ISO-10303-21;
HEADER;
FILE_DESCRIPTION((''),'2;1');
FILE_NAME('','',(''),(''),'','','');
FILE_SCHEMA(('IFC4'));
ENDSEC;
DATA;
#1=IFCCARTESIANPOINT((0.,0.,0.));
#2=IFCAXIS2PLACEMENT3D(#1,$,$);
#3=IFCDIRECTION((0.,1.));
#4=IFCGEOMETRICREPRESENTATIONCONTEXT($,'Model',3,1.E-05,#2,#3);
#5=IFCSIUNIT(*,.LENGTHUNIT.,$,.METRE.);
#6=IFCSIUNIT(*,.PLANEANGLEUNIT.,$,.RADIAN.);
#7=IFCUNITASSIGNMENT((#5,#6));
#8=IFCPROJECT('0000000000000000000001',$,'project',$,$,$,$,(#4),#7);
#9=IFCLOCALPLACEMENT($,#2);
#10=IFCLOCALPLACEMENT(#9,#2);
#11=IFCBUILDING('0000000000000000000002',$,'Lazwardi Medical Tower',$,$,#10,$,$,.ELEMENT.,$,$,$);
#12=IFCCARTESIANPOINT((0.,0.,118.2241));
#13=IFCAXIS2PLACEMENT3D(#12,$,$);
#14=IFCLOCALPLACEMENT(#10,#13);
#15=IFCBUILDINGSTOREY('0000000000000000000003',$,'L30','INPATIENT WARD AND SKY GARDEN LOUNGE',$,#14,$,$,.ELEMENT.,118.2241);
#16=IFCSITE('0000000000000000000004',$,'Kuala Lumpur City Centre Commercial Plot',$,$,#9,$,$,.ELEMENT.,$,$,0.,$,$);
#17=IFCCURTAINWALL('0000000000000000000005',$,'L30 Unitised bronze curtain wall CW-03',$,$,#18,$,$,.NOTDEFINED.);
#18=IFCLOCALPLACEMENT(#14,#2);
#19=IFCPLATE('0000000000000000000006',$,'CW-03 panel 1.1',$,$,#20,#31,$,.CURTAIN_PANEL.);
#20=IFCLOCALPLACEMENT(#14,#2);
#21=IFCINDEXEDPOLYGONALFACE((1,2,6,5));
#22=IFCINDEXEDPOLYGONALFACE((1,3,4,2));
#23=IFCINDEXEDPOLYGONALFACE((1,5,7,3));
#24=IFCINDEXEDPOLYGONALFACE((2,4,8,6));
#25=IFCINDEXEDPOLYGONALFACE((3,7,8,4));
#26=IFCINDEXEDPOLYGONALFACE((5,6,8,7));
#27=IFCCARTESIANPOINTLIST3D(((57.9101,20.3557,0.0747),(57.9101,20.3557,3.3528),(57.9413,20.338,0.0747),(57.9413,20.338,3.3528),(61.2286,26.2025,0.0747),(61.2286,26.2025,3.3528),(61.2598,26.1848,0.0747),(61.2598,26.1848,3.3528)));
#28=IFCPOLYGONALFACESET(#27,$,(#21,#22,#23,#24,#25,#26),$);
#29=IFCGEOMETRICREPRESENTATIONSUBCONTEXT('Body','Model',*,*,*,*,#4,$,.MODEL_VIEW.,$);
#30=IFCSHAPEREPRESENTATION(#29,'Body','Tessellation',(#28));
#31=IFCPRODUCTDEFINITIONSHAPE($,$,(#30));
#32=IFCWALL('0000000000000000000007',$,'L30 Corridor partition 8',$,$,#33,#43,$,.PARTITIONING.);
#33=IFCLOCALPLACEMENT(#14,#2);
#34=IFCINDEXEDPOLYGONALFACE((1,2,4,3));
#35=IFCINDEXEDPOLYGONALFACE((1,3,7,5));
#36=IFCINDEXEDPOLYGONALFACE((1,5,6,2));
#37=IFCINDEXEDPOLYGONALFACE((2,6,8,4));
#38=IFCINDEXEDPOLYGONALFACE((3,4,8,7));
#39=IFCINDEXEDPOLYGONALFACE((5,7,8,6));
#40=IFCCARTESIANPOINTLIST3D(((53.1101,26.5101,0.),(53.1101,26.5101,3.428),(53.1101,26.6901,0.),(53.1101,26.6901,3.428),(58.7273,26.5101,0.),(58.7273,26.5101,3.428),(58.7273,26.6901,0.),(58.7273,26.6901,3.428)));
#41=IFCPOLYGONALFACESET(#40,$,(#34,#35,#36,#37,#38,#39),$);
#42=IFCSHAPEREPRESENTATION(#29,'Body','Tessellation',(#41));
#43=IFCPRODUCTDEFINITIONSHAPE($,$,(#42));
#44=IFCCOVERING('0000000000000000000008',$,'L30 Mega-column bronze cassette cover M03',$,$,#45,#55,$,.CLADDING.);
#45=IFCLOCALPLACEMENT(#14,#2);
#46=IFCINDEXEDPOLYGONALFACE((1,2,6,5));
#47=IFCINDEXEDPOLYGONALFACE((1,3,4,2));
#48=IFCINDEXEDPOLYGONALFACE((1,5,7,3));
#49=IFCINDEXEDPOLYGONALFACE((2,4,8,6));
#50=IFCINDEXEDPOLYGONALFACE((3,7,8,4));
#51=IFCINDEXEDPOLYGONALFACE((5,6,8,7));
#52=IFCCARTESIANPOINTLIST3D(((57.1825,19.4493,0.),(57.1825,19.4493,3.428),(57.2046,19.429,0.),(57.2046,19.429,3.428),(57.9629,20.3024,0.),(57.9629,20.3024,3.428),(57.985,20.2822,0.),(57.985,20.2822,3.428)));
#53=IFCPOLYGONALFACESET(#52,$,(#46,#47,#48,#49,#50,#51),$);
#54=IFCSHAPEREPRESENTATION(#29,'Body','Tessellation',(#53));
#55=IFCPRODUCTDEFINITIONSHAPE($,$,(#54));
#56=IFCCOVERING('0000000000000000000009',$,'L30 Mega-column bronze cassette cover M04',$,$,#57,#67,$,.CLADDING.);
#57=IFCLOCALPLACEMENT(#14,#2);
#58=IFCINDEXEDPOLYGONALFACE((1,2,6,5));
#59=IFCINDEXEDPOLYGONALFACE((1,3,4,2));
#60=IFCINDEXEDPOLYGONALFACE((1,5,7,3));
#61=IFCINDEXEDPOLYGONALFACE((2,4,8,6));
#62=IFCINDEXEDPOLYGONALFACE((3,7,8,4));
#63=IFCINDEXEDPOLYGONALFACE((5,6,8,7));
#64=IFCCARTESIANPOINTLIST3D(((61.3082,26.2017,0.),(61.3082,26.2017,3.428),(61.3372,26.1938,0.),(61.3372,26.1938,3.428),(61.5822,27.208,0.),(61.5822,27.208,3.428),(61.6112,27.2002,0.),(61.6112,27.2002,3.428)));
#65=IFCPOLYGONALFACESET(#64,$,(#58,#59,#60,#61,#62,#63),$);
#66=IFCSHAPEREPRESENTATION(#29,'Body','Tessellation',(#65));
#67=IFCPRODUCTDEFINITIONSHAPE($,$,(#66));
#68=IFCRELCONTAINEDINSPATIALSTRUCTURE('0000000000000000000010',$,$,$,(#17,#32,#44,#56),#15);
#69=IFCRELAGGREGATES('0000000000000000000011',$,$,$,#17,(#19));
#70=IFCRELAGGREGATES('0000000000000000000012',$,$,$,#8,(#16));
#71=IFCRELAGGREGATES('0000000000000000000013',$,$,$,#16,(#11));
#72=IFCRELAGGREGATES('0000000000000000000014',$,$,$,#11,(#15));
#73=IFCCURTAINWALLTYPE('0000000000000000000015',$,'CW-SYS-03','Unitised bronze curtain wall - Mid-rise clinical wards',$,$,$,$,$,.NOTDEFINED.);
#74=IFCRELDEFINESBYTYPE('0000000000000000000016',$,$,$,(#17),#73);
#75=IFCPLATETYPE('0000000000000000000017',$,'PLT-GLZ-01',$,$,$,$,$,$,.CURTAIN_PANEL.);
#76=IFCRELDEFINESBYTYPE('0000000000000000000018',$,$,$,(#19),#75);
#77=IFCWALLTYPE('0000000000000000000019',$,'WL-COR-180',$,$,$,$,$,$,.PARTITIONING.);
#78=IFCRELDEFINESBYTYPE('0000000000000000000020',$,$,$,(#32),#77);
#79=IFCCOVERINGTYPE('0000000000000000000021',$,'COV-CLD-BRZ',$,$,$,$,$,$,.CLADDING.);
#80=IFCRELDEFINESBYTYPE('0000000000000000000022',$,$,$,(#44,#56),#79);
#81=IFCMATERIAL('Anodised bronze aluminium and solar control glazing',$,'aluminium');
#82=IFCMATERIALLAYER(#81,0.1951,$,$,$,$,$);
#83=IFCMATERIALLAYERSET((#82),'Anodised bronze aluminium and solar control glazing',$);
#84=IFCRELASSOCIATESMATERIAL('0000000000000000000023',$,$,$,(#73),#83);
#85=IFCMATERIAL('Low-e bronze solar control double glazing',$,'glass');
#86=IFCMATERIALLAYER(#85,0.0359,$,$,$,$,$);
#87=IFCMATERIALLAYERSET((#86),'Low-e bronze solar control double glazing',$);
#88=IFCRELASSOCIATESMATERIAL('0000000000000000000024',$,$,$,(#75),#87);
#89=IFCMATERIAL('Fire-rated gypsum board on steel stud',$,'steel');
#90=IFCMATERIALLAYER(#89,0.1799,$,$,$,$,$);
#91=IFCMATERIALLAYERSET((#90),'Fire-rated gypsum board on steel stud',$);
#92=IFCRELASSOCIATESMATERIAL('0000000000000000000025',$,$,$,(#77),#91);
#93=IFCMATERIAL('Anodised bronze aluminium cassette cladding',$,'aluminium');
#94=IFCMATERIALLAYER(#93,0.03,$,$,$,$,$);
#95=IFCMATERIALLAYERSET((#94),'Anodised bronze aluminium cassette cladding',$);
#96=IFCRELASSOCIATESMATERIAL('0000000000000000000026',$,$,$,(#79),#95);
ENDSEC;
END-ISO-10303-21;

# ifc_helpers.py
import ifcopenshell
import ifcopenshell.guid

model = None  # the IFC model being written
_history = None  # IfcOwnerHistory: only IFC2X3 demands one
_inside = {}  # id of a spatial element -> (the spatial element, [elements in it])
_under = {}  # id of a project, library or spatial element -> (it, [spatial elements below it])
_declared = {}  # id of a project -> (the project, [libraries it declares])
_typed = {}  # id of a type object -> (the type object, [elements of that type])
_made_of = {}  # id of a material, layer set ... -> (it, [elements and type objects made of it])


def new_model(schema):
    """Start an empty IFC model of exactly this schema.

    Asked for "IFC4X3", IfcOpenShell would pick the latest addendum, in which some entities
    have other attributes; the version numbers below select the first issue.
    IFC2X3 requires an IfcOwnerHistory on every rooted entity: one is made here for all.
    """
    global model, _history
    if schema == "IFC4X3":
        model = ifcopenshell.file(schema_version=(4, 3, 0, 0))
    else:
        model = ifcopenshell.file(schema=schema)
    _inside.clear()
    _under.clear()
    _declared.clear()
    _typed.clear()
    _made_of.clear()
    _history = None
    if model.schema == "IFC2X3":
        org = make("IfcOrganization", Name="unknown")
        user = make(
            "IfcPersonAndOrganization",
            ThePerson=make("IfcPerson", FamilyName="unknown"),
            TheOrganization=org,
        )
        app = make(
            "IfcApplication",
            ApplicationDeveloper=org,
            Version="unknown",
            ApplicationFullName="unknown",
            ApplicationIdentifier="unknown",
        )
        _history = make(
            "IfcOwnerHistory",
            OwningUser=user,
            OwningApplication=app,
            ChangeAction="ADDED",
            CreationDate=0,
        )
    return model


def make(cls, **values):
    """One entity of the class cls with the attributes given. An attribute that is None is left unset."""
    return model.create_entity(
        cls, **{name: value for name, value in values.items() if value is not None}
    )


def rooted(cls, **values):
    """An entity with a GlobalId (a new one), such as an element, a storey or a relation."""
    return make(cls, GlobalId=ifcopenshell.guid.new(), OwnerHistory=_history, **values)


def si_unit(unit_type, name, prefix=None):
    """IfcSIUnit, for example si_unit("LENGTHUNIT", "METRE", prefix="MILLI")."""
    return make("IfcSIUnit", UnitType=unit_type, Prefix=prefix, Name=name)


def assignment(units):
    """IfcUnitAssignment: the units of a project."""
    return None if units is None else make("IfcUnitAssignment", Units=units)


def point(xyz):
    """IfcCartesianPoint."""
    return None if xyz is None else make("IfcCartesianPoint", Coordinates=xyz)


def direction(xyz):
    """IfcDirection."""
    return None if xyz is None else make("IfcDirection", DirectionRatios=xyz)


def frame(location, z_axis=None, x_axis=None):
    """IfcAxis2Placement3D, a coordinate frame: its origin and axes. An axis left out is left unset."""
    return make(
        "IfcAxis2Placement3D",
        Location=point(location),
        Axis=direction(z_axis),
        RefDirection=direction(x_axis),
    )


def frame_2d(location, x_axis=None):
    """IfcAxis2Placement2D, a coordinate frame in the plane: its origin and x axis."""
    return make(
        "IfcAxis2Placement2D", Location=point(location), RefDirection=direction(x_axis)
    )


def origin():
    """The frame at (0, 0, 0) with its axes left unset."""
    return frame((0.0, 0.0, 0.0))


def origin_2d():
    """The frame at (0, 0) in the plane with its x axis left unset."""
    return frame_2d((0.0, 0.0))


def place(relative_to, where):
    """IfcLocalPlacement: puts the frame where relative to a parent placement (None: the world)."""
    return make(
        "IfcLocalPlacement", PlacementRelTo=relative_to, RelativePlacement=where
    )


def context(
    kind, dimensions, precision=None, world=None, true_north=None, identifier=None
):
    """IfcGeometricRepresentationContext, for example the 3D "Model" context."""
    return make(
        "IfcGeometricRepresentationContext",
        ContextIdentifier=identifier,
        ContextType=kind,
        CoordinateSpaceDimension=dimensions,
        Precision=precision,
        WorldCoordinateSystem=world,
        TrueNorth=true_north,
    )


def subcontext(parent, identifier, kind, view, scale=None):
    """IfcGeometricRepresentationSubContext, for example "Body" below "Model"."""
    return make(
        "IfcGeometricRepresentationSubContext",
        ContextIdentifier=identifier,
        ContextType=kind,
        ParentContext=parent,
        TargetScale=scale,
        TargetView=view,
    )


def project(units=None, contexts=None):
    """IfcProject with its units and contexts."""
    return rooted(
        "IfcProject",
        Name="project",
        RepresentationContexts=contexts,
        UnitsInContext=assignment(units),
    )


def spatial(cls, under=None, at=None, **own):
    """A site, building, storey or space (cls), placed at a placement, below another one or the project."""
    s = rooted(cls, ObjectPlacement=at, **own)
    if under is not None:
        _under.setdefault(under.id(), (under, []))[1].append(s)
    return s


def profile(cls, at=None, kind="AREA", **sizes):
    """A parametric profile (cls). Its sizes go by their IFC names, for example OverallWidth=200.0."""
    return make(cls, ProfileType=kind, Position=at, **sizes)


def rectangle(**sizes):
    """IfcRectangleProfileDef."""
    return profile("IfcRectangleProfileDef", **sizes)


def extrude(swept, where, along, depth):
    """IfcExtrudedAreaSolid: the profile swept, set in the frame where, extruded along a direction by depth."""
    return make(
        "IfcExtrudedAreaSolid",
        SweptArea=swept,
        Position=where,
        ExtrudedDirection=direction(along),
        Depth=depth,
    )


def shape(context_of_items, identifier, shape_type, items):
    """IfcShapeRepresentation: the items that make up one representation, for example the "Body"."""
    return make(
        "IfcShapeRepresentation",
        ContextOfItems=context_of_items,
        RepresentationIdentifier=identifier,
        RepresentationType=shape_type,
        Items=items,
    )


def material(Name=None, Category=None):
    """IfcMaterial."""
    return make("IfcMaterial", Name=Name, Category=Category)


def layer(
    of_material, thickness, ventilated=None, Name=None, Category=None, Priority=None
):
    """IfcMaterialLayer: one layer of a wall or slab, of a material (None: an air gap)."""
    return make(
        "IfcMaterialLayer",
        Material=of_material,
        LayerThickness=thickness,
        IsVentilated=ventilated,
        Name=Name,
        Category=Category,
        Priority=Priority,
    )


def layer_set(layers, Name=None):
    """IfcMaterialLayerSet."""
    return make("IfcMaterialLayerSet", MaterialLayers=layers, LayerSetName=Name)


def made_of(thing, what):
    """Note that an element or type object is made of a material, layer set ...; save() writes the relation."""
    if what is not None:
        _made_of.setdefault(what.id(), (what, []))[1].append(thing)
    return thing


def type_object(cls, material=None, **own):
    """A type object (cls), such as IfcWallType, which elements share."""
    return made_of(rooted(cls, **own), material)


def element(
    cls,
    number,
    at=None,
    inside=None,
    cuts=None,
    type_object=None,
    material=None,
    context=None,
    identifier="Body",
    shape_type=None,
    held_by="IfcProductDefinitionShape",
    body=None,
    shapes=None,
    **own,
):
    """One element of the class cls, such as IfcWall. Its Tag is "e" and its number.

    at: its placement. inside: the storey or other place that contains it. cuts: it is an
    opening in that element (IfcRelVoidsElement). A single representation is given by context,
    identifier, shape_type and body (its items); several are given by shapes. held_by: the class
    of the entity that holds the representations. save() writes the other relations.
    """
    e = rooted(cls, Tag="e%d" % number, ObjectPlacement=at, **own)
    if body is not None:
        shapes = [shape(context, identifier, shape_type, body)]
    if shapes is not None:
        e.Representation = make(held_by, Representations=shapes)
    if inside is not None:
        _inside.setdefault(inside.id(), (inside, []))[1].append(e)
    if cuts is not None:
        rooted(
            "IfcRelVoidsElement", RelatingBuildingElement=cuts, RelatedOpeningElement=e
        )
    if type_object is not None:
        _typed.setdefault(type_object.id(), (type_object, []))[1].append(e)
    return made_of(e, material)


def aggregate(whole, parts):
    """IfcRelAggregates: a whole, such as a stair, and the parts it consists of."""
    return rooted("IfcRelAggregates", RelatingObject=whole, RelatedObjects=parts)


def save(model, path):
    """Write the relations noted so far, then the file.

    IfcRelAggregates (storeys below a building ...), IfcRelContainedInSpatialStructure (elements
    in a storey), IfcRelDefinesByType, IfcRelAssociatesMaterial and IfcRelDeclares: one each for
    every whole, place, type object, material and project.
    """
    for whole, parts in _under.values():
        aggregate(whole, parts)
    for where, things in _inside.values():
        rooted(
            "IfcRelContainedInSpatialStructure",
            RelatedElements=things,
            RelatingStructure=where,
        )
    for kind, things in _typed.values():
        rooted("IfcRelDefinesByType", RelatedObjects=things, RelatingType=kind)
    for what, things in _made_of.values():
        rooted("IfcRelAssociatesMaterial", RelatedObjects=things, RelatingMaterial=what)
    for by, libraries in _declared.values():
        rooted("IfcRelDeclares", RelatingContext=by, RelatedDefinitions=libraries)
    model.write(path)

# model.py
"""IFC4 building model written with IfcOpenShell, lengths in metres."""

from ifc_helpers import new_model, si_unit, direction, frame, frame_2d, origin, origin_2d, place, context, subcontext, project, spatial, rectangle, extrude, material, layer, layer_set, type_object, element, aggregate, save


model = new_model("IFC4")

# Units and contexts
model_context = context("Model", 3, precision=1e-05, world=origin(), true_north=direction((0.0, 1.0)))
body_context = subcontext(model_context, "Body", "Model", "MODEL_VIEW")
ifc_project = project(units=[si_unit("LENGTHUNIT", "METRE"), si_unit("PLANEANGLEUNIT", "RADIAN")], contexts=[model_context])

# Site, building, storey
site_placement = place(None, origin())
site = spatial("IfcSite", under=ifc_project, at=site_placement, Name="Kuala Lumpur City Centre Commercial Plot", CompositionType="ELEMENT", RefElevation=0.0)
building_placement = place(site_placement, origin())
building = spatial("IfcBuilding", under=site, at=building_placement, Name="Lazwardi Medical Tower", CompositionType="ELEMENT")
storey_placement = place(building_placement, frame((0.0, 0.0, 118.2241)))
storey = spatial("IfcBuildingStorey", under=building, at=storey_placement, Name="L30", Description="INPATIENT WARD AND SKY GARDEN LOUNGE", CompositionType="ELEMENT", Elevation=118.2241)

# Shared definitions
ifc_material_1 = material(Name="Anodised bronze aluminium and solar control glazing", Category="aluminium")
ifc_layer_1 = layer(ifc_material_1, 0.1951)
ifc_layer_set_1 = layer_set([ifc_layer_1], Name="Anodised bronze aluminium and solar control glazing")
curtain_wall_type = type_object("IfcCurtainWallType", Name="CW-SYS-03", Description="Unitised bronze curtain wall - Mid-rise clinical wards", PredefinedType="NOTDEFINED", material=ifc_layer_set_1)

# Curtain wall
curtain_wall_1_placement = place(storey_placement, origin())
curtain_wall_1 = element("IfcCurtainWall", 1, at=curtain_wall_1_placement, inside=storey, type_object=curtain_wall_type, Name="L30 Unitised bronze curtain wall CW-03", PredefinedType="NOTDEFINED")

# Plate
ifc_material_2 = material(Name="Low-e bronze solar control double glazing", Category="glass")
ifc_layer_2 = layer(ifc_material_2, 0.0359)
ifc_layer_set_2 = layer_set([ifc_layer_2], Name="Low-e bronze solar control double glazing")
plate_type = type_object("IfcPlateType", Name="PLT-GLZ-01", PredefinedType="CURTAIN_PANEL", material=ifc_layer_set_2)
plate_1_placement = place(storey_placement, frame((59.585, 23.2703, 0.0747), z_axis=(0.0, 0.0, 1.0), x_axis=(0.493603, 0.869687, 0.0)))
plate_1 = element("IfcPlate", 2, at=plate_1_placement, type_object=plate_type, Name="CW-03 panel 1.1", PredefinedType="CURTAIN_PANEL", context=body_context, shape_type="SweptSolid", body=[
    extrude(rectangle(XDim=6.7229, YDim=0.0359, at=origin_2d()), origin(), (0.0, 0.0, 1.0), 3.2781),
])
aggregate(curtain_wall_1, [plate_1])

# Wall
ifc_material_3 = material(Name="Fire-rated gypsum board on steel stud", Category="steel")
ifc_layer_3 = layer(ifc_material_3, 0.1799)
ifc_layer_set_3 = layer_set([ifc_layer_3], Name="Fire-rated gypsum board on steel stud")
wall_type = type_object("IfcWallType", Name="WL-COR-180", PredefinedType="PARTITIONING", material=ifc_layer_set_3)
wall_placement = place(storey_placement, frame((58.7273, 26.6001, 0.0), z_axis=(0.0, 0.0, 1.0), x_axis=(-1.0, 0.0, 0.0)))
element("IfcWall", 3, at=wall_placement, inside=storey, type_object=wall_type, Name="L30 Corridor partition 8", PredefinedType="PARTITIONING", context=body_context, shape_type="SweptSolid", body=[
    extrude(rectangle(XDim=5.6172, YDim=0.1799, at=frame_2d((2.8086, 0.0))), origin(), (0.0, 0.0, 1.0), 3.428),
])

# Coverings
ifc_material_4 = material(Name="Anodised bronze aluminium cassette cladding", Category="aluminium")
ifc_layer_4 = layer(ifc_material_4, 0.03)
ifc_layer_set_4 = layer_set([ifc_layer_4], Name="Anodised bronze aluminium cassette cladding")
covering_type = type_object("IfcCoveringType", Name="COV-CLD-BRZ", PredefinedType="CLADDING", material=ifc_layer_set_4)
covering_1_placement = place(storey_placement, frame((57.5837, 19.8657, 0.0), z_axis=(0.0, 0.0, 1.0), x_axis=(0.674926, 0.737885, 0.0)))
element("IfcCovering", 4, at=covering_1_placement, inside=storey, type_object=covering_type, Name="L30 Mega-column bronze cassette cover M03", PredefinedType="CLADDING", context=body_context, shape_type="SweptSolid", body=[
    extrude(rectangle(XDim=1.1562, YDim=0.03, at=origin_2d()), origin(), (0.0, 0.0, 1.0), 3.428),
])
covering_2_placement = place(storey_placement, frame((61.4597, 26.7009, 0.0), z_axis=(0.0, 0.0, 1.0), x_axis=(0.262696, 0.964879, 0.0)))
element("IfcCovering", 5, at=covering_2_placement, inside=storey, type_object=covering_type, Name="L30 Mega-column bronze cassette cover M04", PredefinedType="CLADDING", context=body_context, shape_type="SweptSolid", body=[
    extrude(rectangle(XDim=1.043, YDim=0.03, at=origin_2d()), origin(), (0.0, 0.0, 1.0), 3.428),
])

save(model, "model.ifc")
